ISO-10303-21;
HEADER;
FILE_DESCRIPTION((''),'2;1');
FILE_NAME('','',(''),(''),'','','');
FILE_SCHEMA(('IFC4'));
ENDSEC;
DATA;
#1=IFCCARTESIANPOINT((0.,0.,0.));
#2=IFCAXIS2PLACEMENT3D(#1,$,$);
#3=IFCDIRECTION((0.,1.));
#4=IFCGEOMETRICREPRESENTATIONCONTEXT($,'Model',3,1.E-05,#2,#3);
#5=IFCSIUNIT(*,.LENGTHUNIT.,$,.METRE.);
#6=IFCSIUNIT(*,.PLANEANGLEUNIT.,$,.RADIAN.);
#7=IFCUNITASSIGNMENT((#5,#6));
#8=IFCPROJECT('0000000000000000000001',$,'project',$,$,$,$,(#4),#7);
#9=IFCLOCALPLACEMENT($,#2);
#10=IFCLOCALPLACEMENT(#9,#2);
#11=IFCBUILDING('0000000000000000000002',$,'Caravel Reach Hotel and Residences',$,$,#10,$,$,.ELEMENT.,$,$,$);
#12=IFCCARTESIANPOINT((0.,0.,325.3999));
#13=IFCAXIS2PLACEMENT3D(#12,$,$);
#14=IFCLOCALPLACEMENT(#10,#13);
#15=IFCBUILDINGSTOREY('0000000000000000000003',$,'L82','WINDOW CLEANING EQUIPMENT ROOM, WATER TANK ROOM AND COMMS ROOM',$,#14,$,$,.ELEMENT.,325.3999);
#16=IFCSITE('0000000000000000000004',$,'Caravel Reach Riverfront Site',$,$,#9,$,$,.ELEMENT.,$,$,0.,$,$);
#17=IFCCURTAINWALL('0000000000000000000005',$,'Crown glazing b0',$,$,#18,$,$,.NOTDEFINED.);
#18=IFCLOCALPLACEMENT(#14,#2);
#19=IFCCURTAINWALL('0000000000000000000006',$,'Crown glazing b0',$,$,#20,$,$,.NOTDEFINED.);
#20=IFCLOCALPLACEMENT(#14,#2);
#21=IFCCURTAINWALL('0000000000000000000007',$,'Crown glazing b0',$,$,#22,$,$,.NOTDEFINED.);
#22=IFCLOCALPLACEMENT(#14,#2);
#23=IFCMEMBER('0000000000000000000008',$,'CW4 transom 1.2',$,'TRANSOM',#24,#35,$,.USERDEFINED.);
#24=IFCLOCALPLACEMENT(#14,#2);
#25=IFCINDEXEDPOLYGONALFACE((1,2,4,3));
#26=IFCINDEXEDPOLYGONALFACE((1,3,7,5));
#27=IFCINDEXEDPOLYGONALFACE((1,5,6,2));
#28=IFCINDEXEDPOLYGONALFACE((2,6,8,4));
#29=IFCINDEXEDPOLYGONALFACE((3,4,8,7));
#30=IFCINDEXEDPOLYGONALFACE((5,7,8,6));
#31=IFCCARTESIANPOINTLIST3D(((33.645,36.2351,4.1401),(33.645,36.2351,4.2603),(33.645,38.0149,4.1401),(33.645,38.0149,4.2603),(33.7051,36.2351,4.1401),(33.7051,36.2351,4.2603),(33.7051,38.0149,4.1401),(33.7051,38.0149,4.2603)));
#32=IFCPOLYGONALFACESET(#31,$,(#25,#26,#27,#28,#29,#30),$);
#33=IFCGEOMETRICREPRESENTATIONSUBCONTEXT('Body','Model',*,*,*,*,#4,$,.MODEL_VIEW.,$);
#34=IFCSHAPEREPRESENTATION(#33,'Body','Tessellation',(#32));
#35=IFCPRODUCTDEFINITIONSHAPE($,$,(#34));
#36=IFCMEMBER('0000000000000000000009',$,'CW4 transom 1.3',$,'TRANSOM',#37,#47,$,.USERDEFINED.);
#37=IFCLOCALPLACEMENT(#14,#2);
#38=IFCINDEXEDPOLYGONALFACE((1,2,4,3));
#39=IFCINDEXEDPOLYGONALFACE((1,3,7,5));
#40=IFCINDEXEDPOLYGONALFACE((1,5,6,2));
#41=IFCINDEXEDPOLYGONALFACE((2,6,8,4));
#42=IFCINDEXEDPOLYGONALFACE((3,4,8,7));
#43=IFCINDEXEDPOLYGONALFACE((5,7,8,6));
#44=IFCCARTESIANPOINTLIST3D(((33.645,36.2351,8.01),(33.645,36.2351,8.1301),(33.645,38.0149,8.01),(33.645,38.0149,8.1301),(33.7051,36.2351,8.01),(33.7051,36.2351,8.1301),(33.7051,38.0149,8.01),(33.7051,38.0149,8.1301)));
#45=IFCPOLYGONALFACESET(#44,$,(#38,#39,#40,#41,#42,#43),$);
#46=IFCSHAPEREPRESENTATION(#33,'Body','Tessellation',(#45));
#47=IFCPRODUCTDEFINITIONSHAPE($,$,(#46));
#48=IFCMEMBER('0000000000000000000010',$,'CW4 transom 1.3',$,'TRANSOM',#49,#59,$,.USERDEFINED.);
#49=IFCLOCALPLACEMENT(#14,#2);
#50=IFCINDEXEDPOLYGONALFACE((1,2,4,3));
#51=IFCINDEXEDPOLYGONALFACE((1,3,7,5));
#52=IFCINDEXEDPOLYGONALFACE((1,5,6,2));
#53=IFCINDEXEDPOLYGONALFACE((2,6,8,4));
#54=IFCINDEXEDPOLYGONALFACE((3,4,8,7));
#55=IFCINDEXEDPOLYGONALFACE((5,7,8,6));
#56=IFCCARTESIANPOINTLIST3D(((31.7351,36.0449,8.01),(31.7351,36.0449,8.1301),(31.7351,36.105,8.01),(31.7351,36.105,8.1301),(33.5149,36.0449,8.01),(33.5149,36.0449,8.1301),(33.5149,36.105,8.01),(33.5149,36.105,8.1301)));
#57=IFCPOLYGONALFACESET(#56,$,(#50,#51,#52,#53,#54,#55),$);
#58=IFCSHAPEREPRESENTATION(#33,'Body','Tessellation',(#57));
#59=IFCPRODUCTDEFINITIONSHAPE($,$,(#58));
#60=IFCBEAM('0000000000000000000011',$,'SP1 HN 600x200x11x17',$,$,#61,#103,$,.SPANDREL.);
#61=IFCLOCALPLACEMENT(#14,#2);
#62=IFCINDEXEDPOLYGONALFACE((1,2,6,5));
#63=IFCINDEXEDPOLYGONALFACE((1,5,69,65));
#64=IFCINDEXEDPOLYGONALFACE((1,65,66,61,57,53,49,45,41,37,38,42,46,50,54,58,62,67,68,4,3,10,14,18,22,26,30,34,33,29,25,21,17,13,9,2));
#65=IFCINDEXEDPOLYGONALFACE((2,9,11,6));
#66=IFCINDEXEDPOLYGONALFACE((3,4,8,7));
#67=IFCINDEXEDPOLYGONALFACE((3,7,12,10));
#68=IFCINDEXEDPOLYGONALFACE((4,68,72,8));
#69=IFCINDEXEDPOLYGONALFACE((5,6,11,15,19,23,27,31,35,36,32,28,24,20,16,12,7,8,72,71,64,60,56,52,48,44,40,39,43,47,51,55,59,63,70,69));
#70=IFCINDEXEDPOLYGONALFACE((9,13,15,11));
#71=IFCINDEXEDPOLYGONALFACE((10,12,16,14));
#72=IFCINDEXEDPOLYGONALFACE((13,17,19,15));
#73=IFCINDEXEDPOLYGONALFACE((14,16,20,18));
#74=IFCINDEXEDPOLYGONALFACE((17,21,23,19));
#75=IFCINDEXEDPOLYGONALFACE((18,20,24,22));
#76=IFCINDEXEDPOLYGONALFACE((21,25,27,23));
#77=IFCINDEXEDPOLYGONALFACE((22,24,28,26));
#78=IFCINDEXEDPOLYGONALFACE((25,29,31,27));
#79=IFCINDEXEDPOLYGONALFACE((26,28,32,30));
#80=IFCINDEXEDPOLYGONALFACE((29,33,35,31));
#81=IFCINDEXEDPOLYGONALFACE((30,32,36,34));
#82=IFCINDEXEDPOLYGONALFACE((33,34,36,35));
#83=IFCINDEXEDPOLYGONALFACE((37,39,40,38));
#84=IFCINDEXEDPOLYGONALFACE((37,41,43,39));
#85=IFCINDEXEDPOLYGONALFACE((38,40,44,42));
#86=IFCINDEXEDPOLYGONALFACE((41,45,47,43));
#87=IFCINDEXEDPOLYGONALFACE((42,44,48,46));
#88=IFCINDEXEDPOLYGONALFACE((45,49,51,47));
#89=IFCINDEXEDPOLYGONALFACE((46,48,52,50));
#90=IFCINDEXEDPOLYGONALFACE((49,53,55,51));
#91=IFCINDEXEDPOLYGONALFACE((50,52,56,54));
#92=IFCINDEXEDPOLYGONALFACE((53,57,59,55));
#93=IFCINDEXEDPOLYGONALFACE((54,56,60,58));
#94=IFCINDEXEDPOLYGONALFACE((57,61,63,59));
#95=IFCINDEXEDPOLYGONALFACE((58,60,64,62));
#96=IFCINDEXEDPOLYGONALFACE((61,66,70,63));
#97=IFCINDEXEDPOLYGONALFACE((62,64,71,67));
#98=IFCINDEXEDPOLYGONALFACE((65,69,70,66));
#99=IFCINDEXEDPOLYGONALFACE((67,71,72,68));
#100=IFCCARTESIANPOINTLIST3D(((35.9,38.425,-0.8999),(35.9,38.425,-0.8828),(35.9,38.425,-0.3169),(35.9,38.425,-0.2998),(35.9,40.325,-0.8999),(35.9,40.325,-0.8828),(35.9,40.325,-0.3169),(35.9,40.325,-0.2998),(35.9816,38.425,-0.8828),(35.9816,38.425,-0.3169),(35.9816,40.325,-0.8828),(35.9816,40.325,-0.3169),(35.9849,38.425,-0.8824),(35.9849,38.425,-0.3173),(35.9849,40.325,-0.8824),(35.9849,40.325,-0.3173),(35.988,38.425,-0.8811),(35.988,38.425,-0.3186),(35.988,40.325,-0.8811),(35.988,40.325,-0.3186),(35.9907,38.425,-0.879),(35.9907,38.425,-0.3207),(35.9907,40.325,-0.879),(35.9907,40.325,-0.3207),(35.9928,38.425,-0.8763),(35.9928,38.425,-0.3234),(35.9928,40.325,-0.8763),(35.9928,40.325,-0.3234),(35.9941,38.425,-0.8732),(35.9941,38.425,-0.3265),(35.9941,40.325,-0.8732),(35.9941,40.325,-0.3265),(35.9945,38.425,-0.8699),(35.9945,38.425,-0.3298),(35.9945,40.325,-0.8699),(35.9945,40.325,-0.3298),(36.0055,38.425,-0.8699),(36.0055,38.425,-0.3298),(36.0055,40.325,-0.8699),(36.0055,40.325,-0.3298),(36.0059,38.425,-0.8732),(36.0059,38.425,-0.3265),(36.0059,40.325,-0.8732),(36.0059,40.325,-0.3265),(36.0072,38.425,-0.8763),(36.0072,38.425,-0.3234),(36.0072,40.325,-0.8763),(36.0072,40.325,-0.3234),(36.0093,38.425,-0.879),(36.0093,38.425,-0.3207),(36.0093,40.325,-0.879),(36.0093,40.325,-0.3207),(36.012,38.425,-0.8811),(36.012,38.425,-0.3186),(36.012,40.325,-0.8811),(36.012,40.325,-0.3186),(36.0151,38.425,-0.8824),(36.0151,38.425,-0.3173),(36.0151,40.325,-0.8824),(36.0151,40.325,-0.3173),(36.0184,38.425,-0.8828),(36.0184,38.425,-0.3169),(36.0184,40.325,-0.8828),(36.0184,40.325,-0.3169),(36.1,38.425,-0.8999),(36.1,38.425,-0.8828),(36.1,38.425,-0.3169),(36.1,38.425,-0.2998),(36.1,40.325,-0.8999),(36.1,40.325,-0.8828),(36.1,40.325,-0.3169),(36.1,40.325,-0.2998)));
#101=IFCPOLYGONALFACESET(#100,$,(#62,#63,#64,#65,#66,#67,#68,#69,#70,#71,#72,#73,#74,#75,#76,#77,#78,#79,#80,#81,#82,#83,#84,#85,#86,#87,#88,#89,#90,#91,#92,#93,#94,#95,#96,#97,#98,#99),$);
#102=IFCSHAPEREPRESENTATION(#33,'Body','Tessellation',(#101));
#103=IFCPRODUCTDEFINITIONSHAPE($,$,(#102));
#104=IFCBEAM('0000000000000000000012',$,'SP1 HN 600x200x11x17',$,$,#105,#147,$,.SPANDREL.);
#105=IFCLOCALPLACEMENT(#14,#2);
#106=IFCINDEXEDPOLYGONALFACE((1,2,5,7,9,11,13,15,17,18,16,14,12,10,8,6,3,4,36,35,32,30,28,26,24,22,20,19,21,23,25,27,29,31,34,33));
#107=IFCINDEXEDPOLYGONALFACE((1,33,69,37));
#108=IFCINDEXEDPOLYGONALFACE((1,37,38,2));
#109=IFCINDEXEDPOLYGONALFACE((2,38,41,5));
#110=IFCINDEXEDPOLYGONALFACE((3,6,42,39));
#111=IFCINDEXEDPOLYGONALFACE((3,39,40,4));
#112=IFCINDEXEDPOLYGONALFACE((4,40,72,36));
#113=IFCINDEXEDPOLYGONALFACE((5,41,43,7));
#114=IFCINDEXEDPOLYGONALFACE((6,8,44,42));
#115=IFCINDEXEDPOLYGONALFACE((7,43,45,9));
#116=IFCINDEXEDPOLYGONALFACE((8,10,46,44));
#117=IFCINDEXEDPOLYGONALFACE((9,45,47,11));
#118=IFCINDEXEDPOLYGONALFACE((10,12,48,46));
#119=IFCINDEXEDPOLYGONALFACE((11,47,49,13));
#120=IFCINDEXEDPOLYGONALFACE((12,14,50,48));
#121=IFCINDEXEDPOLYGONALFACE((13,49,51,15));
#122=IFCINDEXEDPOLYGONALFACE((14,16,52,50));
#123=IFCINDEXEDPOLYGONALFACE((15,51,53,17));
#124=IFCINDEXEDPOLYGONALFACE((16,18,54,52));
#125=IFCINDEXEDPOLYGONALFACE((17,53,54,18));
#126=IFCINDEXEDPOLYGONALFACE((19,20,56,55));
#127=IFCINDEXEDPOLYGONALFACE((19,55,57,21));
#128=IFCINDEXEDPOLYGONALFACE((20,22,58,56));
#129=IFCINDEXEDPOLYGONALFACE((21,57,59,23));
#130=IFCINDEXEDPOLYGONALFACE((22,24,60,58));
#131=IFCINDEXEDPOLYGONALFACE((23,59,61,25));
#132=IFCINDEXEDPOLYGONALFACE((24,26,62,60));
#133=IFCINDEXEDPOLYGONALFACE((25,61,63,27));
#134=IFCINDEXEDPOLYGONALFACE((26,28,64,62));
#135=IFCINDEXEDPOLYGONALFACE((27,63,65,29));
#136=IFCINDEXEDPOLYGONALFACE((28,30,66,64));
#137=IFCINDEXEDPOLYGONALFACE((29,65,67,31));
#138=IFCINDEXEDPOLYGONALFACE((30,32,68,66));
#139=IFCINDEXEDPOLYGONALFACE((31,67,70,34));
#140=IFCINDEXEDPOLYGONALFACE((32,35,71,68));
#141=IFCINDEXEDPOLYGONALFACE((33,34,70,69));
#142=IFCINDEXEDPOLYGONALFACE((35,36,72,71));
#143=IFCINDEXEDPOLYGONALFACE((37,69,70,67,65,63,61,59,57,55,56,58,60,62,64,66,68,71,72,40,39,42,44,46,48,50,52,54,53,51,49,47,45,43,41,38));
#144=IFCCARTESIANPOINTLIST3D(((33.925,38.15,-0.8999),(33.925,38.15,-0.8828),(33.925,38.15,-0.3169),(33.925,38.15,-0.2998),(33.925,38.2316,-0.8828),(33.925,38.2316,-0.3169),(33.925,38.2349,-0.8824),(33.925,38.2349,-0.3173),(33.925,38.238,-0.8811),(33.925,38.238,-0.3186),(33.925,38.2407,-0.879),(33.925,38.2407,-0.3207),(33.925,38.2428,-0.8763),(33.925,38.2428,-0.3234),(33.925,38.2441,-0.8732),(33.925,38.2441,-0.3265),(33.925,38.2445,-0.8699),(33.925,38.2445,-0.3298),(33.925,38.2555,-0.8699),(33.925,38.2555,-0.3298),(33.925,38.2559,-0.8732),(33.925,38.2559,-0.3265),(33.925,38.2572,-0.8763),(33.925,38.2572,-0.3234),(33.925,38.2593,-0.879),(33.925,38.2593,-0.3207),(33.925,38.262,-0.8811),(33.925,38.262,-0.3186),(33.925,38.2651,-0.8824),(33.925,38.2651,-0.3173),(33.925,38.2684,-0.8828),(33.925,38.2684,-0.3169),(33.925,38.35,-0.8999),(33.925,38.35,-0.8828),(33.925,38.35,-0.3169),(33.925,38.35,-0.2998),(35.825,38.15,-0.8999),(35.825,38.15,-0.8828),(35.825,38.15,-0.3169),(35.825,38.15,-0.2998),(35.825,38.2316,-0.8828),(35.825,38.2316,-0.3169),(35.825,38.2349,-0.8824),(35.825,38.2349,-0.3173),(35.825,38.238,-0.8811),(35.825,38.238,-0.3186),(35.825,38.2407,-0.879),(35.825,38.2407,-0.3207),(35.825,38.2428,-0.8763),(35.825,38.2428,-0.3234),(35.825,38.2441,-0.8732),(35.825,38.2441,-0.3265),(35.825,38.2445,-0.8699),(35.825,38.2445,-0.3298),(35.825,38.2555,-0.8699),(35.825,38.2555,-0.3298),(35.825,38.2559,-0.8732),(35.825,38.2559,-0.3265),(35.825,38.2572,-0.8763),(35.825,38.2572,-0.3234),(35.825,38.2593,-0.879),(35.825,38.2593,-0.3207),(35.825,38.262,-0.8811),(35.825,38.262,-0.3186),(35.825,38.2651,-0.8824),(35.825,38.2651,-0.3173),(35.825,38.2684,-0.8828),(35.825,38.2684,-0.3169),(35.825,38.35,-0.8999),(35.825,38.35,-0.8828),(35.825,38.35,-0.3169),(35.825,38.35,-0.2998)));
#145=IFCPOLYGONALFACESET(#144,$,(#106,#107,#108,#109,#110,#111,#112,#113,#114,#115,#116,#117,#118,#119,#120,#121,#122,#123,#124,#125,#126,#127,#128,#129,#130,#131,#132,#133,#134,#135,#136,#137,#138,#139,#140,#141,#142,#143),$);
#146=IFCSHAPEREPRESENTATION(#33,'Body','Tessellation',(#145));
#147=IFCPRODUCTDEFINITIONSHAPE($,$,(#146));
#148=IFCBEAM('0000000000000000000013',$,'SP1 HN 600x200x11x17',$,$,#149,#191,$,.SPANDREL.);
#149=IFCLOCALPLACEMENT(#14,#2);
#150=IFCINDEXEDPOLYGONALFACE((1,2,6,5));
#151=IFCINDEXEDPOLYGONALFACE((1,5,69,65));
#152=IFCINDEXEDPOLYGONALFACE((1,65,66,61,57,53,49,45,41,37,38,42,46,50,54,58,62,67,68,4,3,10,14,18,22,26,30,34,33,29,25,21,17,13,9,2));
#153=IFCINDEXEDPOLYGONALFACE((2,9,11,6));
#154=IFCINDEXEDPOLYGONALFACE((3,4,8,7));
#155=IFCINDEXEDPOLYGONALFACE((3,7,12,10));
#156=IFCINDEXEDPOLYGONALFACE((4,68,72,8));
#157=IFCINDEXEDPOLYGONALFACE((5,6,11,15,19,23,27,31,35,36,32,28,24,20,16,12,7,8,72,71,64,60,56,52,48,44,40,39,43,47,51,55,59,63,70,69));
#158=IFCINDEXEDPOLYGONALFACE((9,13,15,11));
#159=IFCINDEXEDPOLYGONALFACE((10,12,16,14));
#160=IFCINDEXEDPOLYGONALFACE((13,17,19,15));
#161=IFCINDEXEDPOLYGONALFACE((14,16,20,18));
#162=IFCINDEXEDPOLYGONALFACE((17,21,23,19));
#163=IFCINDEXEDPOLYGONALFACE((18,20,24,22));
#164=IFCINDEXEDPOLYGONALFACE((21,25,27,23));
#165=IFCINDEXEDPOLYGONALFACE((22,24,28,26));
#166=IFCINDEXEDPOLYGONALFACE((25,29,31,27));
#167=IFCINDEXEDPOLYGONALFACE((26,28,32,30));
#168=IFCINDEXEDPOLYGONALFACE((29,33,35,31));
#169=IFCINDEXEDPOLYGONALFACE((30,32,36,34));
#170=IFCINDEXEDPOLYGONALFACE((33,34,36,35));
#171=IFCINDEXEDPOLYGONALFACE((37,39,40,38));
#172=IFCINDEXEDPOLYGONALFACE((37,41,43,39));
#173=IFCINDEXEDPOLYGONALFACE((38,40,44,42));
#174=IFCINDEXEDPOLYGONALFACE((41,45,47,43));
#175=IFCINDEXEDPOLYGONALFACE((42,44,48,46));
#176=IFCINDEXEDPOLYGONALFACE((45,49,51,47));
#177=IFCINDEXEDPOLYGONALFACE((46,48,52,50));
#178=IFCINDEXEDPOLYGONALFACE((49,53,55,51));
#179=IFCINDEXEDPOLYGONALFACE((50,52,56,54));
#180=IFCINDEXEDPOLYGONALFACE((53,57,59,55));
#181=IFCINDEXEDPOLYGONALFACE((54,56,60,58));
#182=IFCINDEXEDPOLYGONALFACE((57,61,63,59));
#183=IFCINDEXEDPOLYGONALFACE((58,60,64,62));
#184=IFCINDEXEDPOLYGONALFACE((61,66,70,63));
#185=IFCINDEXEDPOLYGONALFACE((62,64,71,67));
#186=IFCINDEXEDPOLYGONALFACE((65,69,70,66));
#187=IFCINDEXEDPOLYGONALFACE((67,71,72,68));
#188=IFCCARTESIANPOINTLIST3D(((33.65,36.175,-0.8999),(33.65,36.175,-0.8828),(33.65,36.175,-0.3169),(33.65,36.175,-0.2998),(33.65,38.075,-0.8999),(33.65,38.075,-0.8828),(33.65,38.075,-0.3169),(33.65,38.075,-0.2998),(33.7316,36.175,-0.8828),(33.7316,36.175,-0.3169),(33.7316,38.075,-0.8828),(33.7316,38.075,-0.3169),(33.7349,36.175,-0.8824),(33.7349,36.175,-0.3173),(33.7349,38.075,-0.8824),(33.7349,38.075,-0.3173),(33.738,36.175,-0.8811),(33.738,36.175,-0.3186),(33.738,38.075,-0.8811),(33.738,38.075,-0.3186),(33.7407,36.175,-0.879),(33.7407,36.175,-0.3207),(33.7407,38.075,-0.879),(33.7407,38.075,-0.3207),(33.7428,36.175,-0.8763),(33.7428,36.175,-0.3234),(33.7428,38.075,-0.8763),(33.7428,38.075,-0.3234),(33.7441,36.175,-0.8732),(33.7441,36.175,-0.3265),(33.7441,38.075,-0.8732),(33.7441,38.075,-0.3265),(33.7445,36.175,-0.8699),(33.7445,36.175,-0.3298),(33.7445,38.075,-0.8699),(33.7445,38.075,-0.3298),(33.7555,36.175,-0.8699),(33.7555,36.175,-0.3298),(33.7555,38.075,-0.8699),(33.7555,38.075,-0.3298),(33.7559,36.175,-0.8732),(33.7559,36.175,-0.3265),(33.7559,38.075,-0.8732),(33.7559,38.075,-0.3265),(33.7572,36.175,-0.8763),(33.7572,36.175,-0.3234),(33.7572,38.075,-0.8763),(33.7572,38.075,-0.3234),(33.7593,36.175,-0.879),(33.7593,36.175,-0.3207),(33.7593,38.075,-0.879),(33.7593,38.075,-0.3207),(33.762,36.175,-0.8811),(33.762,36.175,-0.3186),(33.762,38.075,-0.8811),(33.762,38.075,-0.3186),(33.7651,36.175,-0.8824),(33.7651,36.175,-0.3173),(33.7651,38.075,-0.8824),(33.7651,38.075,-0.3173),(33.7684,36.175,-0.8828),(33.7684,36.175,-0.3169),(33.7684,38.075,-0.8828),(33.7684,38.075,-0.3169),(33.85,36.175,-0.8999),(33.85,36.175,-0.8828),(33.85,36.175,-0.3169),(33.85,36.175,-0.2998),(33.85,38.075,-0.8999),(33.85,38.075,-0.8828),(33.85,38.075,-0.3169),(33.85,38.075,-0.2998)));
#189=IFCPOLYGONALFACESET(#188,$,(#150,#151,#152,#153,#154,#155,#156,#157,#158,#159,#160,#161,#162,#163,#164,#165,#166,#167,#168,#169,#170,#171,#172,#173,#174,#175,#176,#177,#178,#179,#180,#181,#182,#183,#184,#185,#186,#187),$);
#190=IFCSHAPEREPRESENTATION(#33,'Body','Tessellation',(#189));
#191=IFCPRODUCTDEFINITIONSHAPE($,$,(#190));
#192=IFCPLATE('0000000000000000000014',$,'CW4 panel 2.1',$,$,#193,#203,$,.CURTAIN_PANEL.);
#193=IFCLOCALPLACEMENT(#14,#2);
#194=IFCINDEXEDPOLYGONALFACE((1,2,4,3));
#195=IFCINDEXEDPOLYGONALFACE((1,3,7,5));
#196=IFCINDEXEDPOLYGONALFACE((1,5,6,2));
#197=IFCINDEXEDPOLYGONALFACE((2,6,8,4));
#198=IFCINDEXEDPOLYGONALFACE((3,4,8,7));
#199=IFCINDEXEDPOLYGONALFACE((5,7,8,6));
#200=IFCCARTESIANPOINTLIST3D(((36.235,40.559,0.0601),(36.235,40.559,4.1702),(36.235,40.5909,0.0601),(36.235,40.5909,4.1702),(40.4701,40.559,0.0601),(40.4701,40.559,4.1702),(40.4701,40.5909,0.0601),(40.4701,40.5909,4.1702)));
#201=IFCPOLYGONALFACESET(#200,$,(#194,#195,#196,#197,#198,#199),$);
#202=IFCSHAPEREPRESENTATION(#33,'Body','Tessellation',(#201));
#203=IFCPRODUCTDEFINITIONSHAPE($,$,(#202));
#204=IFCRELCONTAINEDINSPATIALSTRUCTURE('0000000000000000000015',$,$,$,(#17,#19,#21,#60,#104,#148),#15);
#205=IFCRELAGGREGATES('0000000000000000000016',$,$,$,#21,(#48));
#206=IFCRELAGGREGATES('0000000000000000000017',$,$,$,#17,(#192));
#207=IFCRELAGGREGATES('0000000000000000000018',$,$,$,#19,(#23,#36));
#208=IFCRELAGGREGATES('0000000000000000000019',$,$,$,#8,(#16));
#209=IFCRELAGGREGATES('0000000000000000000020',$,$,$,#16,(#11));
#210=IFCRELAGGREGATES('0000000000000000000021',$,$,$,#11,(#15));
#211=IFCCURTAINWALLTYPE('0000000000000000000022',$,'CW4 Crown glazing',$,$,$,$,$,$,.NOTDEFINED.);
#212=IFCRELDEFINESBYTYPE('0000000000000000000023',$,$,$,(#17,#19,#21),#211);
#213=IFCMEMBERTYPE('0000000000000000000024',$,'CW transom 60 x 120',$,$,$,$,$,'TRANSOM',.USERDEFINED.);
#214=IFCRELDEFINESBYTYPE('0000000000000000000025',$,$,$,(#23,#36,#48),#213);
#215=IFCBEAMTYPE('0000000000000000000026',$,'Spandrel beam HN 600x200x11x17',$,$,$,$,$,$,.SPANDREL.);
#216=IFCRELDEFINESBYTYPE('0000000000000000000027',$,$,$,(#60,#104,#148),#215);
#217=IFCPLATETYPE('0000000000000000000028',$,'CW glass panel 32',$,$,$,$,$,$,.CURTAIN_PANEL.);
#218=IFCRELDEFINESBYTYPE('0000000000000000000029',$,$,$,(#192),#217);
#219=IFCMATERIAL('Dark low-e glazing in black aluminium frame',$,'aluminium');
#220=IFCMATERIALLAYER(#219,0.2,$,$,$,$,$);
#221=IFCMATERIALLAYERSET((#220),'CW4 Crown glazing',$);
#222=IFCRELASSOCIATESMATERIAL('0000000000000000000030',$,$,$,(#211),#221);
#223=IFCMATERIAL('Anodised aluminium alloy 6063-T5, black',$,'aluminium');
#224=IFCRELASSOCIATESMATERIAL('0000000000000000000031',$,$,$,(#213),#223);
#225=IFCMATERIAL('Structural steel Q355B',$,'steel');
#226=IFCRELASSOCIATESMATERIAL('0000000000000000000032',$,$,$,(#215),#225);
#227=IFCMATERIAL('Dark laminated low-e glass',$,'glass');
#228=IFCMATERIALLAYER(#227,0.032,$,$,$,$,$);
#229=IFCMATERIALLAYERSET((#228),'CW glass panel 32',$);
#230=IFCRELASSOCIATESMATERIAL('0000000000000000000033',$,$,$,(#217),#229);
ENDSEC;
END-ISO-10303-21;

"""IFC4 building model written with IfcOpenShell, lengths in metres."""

from ifc_helpers import new_model, si_unit, direction, frame, origin, origin_2d, place, context, subcontext, project, spatial, rectangle, i_section, extrude, material, layer, layer_set, material_profile, profile_set, type_object, element, aggregate, save


model = new_model("IFC4")

# Units and contexts
model_context = context("Model", 3, precision=1e-05, world=origin(), true_north=direction((0.0, 1.0)))
body_context = subcontext(model_context, "Body", "Model", "MODEL_VIEW")
ifc_project = project(units=[si_unit("LENGTHUNIT", "METRE"), si_unit("PLANEANGLEUNIT", "RADIAN")], contexts=[model_context])

# Site, building, storey
site_placement = place(None, origin())
site = spatial("IfcSite", under=ifc_project, at=site_placement, Name="Caravel Reach Riverfront Site", CompositionType="ELEMENT", RefElevation=0.0)
building_placement = place(site_placement, origin())
building = spatial("IfcBuilding", under=site, at=building_placement, Name="Caravel Reach Hotel and Residences", CompositionType="ELEMENT")
storey_placement = place(building_placement, frame((0.0, 0.0, 325.3999)))
storey = spatial("IfcBuildingStorey", under=building, at=storey_placement, Name="L82", Description="WINDOW CLEANING EQUIPMENT ROOM, WATER TANK ROOM AND COMMS ROOM", CompositionType="ELEMENT", Elevation=325.3999)

# Curtain walls
ifc_material_1 = material(Name="Dark low-e glazing in black aluminium frame", Category="aluminium")
ifc_layer_1 = layer(ifc_material_1, 0.2)
ifc_layer_set_1 = layer_set([ifc_layer_1], Name="CW4 Crown glazing")
curtain_wall_type = type_object("IfcCurtainWallType", Name="CW4 Crown glazing", PredefinedType="NOTDEFINED", material=ifc_layer_set_1)
curtain_wall_1_placement = place(storey_placement, origin())
curtain_wall_1 = element("IfcCurtainWall", 1, at=curtain_wall_1_placement, inside=storey, type_object=curtain_wall_type, Name="Crown glazing b0", PredefinedType="NOTDEFINED")
curtain_wall_2_placement = place(storey_placement, origin())
curtain_wall_2 = element("IfcCurtainWall", 2, at=curtain_wall_2_placement, inside=storey, type_object=curtain_wall_type, Name="Crown glazing b0", PredefinedType="NOTDEFINED")

# Curtain wall
curtain_wall_3_placement = place(storey_placement, origin())
curtain_wall_3 = element("IfcCurtainWall", 3, at=curtain_wall_3_placement, inside=storey, type_object=curtain_wall_type, Name="Crown glazing b0", PredefinedType="NOTDEFINED")

# Members
ifc_material_2 = material(Name="Anodised aluminium alloy 6063-T5, black", Category="aluminium")
ifc_material_profile_1 = material_profile(ifc_material_2, rectangle(XDim=0.0601, YDim=0.1201, at=origin_2d()), Name="CW transom 60 x 120")
ifc_profile_set_1 = profile_set([ifc_material_profile_1], Name="Anodised aluminium alloy 6063-T5, black")
member_type_1 = type_object("IfcMemberType", Name="CW transom 60 x 120", ElementType="TRANSOM", PredefinedType="USERDEFINED", material=ifc_profile_set_1)
member_1_placement = place(storey_placement, frame((33.675, 38.0149, 4.2002), z_axis=(0.0, -1.0, 0.0), x_axis=(1.0, 0.0, 0.0)))
member_1 = element("IfcMember", 4, at=member_1_placement, type_object=member_type_1, Name="CW4 transom 1.2", ObjectType="TRANSOM", PredefinedType="USERDEFINED", context=body_context, shape_type="SweptSolid", body=[
    extrude(rectangle(XDim=0.0601, YDim=0.1201, at=origin_2d()), origin(), (0.0, 0.0, 1.0), 1.7798),
])
member_2_placement = place(storey_placement, frame((33.675, 38.0149, 8.0701), z_axis=(0.0, -1.0, 0.0), x_axis=(1.0, 0.0, 0.0)))
member_2 = element("IfcMember", 5, at=member_2_placement, type_object=member_type_1, Name="CW4 transom 1.3", ObjectType="TRANSOM", PredefinedType="USERDEFINED", context=body_context, shape_type="SweptSolid", body=[
    extrude(rectangle(XDim=0.0601, YDim=0.1201, at=origin_2d()), origin(), (0.0, 0.0, 1.0), 1.7798),
])
member_3_placement = place(storey_placement, frame((33.5149, 36.075, 8.0701), z_axis=(-1.0, 0.0, 0.0), x_axis=(0.0, -1.0, 0.0)))
member_3 = element("IfcMember", 6, at=member_3_placement, type_object=member_type_1, Name="CW4 transom 1.3", ObjectType="TRANSOM", PredefinedType="USERDEFINED", context=body_context, shape_type="SweptSolid", body=[
    extrude(rectangle(XDim=0.0601, YDim=0.1201, at=origin_2d()), origin(), (0.0, 0.0, 1.0), 1.7798),
])
aggregate(curtain_wall_3, [member_3])

# Beams
ifc_material_3 = material(Name="Structural steel Q355B", Category="steel")
ifc_material_profile_2 = material_profile(ifc_material_3, i_section(OverallWidth=0.2, OverallDepth=0.6001, WebThickness=0.011, FlangeThickness=0.0171, FilletRadius=0.0129, at=origin_2d()), Name="HN 600x200x11x17")
ifc_profile_set_2 = profile_set([ifc_material_profile_2], Name="Structural steel Q355B")
beam_type = type_object("IfcBeamType", Name="Spandrel beam HN 600x200x11x17", PredefinedType="SPANDREL", material=ifc_profile_set_2)
for number, where, z_axis, x_axis, name in (
    (7, (36.0, 40.325, -0.5999), (0.0, -1.0, 0.0), (1.0, 0.0, 0.0), "SP1 HN 600x200x11x17"),
    (8, (35.825, 38.25, -0.5999), (-1.0, 0.0, 0.0), (0.0, -1.0, 0.0), "SP1 HN 600x200x11x17"),
    (9, (33.75, 38.075, -0.5999), (0.0, -1.0, 0.0), (1.0, 0.0, 0.0), "SP1 HN 600x200x11x17"),
):
    element("IfcBeam", number, at=place(storey_placement, frame(where, z_axis=z_axis, x_axis=x_axis)), inside=storey, type_object=beam_type, Name=name, PredefinedType="SPANDREL", context=body_context, shape_type="SweptSolid", body=[
        extrude(i_section(OverallWidth=0.2, OverallDepth=0.6001, WebThickness=0.011, FlangeThickness=0.0171, FilletRadius=0.0129, at=origin_2d()), origin(), (0.0, 0.0, 1.0), 1.8999),
    ])

# Plate
ifc_material_4 = material(Name="Dark laminated low-e glass", Category="glass")
ifc_layer_2 = layer(ifc_material_4, 0.032)
ifc_layer_set_2 = layer_set([ifc_layer_2], Name="CW glass panel 32")
plate_type = type_object("IfcPlateType", Name="CW glass panel 32", PredefinedType="CURTAIN_PANEL", material=ifc_layer_set_2)
plate_1_placement = place(storey_placement, frame((38.3525, 40.575, 0.0601), z_axis=(0.0, 0.0, 1.0), x_axis=(-1.0, 0.0, 0.0)))
plate_1 = element("IfcPlate", 10, at=plate_1_placement, type_object=plate_type, Name="CW4 panel 2.1", PredefinedType="CURTAIN_PANEL", context=body_context, shape_type="SweptSolid", body=[
    extrude(rectangle(XDim=4.2351, YDim=0.032, at=origin_2d()), origin(), (0.0, 0.0, 1.0), 4.1101),
])
aggregate(curtain_wall_1, [plate_1])
aggregate(curtain_wall_2, [member_1, member_2])

save(model, "model.ifc")
